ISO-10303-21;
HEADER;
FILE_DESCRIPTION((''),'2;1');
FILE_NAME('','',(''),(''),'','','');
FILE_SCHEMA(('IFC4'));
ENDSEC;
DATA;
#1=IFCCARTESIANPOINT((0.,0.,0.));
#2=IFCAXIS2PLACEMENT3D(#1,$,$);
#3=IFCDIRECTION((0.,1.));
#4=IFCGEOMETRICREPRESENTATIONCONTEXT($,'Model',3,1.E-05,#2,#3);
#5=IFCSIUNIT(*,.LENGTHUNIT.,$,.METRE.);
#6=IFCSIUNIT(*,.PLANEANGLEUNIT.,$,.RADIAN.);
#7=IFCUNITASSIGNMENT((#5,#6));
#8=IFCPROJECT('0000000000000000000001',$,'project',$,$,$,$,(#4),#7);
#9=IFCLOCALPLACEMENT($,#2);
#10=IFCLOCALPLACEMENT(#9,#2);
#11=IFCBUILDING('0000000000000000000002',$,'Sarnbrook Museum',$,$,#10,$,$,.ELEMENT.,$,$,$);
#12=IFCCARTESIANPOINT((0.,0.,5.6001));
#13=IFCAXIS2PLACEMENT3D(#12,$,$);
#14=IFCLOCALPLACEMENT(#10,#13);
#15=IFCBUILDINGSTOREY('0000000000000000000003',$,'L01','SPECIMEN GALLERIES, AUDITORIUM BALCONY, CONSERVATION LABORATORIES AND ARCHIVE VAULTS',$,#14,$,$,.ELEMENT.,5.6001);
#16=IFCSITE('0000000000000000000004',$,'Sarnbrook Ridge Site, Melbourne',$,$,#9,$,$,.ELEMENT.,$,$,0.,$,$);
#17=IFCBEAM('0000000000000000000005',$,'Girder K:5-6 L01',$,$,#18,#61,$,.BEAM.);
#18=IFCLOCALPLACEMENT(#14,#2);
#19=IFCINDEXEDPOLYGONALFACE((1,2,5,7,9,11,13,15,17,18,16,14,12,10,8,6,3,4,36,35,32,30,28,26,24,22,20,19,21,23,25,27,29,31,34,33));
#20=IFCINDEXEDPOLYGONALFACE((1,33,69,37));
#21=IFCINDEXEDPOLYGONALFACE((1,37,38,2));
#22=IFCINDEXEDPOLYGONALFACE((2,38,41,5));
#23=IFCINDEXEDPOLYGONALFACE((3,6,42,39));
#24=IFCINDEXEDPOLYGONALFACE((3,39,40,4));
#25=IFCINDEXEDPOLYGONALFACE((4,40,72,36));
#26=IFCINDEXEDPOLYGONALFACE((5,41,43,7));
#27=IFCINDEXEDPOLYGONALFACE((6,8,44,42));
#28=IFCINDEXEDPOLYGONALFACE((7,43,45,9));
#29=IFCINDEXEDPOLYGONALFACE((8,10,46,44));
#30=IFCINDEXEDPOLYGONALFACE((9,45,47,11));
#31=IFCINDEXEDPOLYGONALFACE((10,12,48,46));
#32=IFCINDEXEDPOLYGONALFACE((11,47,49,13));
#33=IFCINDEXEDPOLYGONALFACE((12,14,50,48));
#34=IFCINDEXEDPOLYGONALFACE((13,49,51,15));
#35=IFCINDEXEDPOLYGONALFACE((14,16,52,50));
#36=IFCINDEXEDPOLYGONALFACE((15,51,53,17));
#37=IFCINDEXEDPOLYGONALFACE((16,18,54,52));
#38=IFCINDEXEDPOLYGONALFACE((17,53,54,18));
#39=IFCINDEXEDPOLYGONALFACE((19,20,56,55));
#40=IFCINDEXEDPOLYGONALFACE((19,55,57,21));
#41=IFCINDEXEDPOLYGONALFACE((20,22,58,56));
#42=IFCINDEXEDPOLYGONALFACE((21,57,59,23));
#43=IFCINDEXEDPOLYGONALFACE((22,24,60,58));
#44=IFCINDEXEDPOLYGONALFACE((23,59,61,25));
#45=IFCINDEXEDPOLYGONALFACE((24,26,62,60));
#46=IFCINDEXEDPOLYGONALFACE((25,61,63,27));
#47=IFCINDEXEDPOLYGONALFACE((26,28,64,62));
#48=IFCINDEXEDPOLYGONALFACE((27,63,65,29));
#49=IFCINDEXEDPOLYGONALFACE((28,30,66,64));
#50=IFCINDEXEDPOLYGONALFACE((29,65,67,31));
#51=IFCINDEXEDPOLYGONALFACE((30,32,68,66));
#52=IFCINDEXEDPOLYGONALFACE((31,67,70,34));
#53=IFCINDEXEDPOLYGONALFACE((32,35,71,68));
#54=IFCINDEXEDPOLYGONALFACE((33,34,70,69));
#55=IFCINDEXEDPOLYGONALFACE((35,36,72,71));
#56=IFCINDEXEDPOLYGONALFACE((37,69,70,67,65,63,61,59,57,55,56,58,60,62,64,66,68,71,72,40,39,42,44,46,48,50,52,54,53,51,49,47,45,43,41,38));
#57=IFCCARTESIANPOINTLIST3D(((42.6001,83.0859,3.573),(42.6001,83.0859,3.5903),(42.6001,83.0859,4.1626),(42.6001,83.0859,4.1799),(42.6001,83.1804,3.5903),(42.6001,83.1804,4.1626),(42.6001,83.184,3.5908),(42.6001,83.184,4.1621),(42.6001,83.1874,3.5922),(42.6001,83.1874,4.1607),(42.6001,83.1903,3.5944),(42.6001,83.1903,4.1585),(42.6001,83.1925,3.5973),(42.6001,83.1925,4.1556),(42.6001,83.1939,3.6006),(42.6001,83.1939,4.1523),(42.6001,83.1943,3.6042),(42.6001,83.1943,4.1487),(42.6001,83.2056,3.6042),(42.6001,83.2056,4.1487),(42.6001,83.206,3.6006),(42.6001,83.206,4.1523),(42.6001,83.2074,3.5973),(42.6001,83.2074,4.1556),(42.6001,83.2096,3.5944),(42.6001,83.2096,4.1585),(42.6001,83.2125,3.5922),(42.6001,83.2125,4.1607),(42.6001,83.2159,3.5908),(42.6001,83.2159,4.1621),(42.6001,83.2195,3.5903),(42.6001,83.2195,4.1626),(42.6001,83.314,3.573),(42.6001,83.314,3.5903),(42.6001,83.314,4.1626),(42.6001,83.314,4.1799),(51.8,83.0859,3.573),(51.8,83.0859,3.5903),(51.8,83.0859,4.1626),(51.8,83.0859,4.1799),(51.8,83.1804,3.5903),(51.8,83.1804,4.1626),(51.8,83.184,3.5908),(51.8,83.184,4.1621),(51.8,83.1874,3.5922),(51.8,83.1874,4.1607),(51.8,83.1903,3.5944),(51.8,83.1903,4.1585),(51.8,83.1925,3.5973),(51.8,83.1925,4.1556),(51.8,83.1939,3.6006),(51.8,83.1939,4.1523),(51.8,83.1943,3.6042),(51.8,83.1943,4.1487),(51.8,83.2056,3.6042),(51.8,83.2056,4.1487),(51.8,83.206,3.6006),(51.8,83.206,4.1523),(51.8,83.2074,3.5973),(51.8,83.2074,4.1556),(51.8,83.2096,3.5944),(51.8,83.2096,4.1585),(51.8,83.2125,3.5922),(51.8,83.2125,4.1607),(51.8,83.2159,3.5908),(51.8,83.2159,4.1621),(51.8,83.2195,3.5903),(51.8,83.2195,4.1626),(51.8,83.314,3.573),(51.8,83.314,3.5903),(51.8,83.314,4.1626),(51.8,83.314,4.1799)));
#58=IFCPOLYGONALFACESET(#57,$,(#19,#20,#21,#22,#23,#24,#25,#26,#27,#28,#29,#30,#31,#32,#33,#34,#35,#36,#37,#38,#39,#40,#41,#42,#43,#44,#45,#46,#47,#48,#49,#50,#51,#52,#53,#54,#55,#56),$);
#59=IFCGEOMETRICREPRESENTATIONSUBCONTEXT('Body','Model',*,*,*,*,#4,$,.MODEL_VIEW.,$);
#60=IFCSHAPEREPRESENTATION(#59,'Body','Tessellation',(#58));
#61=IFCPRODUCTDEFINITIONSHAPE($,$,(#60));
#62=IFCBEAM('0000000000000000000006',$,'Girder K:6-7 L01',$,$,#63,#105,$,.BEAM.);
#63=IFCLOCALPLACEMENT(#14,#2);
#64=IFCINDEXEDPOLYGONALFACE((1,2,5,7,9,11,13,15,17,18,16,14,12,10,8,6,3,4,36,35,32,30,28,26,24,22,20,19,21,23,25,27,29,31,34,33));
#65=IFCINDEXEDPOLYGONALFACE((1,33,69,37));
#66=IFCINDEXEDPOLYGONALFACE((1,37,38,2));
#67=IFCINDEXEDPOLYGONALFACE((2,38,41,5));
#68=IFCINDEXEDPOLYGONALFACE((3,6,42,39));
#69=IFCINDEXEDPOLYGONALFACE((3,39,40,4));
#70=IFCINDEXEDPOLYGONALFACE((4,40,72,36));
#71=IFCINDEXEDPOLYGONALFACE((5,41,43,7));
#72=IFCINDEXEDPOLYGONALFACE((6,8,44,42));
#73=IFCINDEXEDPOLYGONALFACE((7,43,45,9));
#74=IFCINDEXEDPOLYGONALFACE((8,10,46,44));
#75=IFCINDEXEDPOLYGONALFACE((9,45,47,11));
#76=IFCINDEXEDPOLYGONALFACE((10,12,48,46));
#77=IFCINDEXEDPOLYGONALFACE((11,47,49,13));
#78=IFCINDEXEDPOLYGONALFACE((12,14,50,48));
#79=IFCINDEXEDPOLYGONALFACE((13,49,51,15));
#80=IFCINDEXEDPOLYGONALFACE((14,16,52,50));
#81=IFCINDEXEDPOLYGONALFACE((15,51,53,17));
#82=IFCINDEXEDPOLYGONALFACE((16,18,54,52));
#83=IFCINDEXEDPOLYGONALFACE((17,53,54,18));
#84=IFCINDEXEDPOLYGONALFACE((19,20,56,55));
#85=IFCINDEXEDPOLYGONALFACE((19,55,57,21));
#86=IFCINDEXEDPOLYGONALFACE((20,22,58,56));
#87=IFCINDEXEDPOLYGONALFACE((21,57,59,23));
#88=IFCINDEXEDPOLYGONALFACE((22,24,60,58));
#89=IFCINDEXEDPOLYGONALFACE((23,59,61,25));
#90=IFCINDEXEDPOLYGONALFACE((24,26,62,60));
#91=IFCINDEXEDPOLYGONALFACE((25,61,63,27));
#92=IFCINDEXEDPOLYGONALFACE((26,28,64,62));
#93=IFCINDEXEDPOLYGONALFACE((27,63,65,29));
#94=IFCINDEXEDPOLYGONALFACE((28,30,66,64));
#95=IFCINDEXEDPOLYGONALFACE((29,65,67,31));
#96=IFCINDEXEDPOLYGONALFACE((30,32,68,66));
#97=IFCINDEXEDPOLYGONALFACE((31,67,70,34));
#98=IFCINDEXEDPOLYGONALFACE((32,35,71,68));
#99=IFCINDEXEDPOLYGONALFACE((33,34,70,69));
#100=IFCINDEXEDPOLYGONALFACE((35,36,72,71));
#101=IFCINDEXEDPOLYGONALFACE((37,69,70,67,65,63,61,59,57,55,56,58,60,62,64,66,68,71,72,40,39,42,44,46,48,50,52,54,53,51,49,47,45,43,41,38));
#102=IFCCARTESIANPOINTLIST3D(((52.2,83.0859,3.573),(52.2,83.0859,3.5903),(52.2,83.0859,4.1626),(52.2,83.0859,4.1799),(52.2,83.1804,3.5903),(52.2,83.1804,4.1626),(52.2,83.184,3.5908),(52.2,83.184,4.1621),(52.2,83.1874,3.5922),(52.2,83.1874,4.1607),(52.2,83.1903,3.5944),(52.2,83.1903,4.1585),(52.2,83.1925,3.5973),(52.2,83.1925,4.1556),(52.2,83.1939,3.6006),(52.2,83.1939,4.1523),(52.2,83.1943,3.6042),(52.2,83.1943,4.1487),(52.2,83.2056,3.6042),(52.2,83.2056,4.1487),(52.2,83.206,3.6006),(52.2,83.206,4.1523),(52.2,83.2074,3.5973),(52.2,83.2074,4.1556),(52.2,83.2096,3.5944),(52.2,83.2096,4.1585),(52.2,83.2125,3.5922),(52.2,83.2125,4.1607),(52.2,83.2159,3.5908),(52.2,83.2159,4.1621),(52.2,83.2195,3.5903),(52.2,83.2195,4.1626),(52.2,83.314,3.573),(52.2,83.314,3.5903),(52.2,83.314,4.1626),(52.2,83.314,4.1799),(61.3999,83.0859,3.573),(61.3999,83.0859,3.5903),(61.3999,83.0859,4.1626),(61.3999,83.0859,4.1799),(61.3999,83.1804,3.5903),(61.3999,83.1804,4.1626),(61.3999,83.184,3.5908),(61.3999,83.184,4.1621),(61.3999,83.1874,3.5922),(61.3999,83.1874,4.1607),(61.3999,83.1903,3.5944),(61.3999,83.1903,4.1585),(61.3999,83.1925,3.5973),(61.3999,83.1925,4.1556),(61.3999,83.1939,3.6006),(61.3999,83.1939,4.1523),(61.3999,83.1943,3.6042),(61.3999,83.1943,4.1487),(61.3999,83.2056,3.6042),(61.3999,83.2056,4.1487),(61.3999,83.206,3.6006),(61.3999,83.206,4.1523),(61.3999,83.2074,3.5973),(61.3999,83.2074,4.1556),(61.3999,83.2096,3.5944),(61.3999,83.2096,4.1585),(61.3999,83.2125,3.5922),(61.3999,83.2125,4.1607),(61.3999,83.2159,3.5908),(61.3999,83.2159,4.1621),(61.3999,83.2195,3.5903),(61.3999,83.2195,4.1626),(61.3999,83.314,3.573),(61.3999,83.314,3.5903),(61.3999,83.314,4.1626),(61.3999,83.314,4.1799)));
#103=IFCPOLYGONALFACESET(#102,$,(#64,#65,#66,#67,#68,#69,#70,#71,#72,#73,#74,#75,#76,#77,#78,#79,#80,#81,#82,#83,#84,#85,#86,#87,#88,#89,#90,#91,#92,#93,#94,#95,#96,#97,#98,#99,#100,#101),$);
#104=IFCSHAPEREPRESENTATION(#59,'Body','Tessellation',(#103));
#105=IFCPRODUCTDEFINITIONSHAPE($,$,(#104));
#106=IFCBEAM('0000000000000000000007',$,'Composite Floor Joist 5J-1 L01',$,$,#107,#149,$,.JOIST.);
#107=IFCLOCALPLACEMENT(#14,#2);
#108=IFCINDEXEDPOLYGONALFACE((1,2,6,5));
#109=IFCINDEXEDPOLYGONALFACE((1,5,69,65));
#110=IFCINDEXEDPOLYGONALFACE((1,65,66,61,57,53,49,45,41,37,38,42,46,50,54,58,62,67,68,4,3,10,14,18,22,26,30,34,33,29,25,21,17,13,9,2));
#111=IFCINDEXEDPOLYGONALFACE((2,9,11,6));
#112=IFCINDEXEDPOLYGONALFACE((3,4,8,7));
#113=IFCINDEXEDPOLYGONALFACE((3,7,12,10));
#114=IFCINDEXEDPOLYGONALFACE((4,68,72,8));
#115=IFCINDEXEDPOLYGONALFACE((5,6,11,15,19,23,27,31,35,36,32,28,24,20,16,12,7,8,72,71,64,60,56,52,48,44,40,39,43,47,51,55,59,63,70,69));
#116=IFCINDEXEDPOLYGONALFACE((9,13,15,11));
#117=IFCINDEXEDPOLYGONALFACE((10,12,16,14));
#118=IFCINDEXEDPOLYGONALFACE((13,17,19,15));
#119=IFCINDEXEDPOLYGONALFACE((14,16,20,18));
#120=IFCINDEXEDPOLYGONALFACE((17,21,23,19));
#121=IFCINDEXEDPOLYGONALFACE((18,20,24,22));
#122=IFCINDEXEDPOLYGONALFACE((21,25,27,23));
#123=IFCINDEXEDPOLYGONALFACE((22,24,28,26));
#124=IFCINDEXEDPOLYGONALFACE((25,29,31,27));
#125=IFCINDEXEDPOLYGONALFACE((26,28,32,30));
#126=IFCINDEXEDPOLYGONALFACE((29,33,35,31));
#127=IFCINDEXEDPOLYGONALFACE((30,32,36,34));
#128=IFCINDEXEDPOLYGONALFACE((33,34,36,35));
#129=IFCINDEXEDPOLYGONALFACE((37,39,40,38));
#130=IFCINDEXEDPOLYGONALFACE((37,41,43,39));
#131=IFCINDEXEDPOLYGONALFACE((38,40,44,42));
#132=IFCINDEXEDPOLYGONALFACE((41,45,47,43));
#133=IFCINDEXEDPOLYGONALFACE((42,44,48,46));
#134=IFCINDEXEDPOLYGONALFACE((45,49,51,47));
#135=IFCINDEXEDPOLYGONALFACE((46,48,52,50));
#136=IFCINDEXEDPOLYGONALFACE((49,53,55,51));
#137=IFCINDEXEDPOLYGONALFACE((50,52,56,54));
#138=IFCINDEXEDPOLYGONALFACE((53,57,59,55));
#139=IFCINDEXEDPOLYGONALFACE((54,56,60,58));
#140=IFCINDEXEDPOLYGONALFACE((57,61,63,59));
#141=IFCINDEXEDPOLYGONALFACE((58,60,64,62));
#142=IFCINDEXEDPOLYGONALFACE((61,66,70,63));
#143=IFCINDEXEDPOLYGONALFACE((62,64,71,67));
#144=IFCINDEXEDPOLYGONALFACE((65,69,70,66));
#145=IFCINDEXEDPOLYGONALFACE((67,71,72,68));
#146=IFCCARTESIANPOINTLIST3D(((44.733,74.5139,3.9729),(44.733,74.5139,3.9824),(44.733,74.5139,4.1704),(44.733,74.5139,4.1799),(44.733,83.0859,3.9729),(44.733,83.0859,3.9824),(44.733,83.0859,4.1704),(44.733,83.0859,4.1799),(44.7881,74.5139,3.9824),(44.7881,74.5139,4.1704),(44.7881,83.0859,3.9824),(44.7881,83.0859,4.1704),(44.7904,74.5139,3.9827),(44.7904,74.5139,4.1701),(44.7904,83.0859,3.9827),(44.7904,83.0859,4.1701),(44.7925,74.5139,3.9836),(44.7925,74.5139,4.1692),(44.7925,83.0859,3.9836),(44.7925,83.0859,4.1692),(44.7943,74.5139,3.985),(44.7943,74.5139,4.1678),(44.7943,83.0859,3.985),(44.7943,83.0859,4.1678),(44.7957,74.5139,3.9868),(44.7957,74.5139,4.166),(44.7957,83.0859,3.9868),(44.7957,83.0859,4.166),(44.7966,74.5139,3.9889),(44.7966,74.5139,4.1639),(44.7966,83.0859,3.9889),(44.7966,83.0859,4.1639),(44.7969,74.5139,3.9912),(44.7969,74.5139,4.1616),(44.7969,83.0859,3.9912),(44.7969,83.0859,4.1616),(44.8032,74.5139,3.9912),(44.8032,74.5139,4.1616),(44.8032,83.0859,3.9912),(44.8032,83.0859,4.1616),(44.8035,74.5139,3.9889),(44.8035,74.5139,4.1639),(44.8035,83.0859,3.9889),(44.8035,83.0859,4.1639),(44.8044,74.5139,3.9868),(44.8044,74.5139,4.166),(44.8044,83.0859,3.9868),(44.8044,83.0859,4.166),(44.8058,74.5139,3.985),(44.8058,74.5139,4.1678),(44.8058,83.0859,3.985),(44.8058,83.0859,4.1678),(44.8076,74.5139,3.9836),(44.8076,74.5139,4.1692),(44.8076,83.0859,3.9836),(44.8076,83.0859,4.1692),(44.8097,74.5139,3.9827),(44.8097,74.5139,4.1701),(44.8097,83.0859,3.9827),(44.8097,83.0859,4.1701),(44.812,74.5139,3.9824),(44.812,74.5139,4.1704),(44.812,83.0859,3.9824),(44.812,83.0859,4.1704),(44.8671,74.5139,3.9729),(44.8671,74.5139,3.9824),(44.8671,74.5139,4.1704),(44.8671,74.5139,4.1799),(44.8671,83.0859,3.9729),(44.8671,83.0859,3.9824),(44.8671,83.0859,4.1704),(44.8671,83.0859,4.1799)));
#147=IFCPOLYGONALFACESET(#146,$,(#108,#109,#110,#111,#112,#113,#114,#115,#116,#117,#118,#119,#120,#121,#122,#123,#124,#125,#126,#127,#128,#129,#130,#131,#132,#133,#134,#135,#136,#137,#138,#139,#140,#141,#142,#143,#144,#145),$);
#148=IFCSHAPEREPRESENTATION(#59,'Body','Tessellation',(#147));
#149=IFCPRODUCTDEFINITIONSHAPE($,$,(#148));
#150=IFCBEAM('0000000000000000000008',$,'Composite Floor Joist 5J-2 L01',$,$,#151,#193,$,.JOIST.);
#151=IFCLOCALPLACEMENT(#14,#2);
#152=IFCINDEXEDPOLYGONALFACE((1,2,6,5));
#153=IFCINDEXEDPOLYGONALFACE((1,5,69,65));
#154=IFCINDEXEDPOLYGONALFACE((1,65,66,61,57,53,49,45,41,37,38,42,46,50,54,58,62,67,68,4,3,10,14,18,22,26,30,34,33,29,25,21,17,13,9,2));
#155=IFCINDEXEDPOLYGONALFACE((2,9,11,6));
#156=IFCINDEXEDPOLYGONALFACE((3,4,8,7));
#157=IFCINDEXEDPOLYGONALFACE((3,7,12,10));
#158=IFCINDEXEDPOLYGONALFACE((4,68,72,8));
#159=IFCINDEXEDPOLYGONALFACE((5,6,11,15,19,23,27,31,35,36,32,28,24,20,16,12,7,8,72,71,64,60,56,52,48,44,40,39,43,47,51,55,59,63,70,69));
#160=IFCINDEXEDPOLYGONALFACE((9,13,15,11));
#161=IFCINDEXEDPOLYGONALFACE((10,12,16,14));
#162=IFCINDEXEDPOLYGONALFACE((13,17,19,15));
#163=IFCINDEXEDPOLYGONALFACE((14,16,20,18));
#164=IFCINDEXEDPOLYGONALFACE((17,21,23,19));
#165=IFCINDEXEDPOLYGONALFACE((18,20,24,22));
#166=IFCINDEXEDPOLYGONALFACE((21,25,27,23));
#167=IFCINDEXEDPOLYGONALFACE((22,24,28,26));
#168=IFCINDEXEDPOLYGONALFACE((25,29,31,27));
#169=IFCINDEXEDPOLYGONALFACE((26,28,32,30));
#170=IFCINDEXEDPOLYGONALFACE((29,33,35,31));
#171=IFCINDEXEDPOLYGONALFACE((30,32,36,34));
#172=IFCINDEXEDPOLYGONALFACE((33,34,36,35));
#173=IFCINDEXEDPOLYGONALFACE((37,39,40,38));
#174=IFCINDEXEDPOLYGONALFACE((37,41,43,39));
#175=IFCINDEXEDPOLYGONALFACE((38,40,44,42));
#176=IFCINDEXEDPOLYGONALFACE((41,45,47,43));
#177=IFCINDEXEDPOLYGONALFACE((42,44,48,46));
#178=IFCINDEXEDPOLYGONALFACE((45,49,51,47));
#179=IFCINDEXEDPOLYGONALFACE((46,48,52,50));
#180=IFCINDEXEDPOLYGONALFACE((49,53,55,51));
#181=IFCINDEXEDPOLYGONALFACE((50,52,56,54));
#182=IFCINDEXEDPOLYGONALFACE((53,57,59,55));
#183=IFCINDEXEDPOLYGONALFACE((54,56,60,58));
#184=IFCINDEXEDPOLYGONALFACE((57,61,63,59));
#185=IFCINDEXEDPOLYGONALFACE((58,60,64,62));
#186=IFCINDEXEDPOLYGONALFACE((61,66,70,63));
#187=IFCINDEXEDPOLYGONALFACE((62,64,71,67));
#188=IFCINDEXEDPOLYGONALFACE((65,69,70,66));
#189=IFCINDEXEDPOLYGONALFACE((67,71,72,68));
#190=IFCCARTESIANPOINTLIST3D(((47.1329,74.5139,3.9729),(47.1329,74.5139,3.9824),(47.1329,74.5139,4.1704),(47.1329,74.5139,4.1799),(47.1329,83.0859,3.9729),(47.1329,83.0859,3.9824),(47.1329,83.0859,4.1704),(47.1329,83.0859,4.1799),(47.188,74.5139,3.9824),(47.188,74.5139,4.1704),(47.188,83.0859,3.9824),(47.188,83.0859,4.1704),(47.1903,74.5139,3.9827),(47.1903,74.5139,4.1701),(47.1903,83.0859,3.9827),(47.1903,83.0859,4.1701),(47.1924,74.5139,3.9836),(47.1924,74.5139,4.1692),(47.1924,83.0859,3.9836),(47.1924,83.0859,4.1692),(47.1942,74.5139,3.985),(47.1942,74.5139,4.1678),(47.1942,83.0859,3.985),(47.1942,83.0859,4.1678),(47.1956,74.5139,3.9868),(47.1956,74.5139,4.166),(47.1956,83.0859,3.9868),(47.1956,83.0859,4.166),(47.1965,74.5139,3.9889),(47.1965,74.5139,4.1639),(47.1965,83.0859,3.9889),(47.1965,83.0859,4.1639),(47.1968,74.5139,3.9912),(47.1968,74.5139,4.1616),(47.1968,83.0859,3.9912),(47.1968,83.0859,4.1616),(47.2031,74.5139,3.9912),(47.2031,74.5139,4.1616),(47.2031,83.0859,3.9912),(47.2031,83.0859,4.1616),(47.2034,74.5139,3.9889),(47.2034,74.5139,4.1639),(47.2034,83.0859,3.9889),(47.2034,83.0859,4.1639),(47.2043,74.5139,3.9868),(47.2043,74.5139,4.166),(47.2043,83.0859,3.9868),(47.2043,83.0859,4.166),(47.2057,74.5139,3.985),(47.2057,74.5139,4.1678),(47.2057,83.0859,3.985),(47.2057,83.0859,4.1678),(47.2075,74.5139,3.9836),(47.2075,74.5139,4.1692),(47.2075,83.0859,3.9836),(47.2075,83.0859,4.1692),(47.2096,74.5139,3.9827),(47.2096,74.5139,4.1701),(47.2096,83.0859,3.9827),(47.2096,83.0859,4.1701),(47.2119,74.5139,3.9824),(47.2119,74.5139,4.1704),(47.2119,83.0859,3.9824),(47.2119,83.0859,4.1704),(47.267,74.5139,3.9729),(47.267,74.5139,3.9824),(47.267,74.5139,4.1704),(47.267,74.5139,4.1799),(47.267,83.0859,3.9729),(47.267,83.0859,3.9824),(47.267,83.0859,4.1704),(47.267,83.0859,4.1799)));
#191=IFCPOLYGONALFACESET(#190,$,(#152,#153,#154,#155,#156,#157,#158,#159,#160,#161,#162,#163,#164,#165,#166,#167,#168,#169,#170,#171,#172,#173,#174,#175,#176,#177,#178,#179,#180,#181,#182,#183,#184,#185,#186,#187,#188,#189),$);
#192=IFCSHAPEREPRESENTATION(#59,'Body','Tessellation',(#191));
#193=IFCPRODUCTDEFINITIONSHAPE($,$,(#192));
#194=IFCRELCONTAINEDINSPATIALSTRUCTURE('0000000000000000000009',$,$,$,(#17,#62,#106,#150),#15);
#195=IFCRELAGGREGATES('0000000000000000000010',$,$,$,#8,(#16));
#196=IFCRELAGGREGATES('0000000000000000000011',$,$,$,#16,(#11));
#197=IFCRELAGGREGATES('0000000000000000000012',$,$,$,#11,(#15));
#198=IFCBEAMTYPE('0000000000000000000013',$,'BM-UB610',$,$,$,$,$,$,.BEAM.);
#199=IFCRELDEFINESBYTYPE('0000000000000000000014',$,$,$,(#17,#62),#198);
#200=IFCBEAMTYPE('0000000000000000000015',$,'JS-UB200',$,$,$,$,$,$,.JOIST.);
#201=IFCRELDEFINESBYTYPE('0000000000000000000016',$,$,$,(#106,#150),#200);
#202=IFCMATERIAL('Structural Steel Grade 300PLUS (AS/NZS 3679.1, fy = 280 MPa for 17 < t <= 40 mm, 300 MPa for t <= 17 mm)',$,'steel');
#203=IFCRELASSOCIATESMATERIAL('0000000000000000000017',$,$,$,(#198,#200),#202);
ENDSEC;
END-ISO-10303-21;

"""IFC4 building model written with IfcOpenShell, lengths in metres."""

from ifc_helpers import new_model, si_unit, direction, frame, origin, origin_2d, place, context, subcontext, project, spatial, i_section, extrude, material, material_profile, profile_set, type_object, element, save


model = new_model("IFC4")

# Units and contexts
model_context = context("Model", 3, precision=1e-05, world=origin(), true_north=direction((0.0, 1.0)))
body_context = subcontext(model_context, "Body", "Model", "MODEL_VIEW")
ifc_project = project(units=[si_unit("LENGTHUNIT", "METRE"), si_unit("PLANEANGLEUNIT", "RADIAN")], contexts=[model_context])

# Site, building, storey
site_placement = place(None, origin())
site = spatial("IfcSite", under=ifc_project, at=site_placement, Name="Sarnbrook Ridge Site, Melbourne", CompositionType="ELEMENT", RefElevation=0.0)
building_placement = place(site_placement, origin())
building = spatial("IfcBuilding", under=site, at=building_placement, Name="Sarnbrook Museum", CompositionType="ELEMENT")
storey_placement = place(building_placement, frame((0.0, 0.0, 5.6001)))
storey = spatial("IfcBuildingStorey", under=building, at=storey_placement, Name="L01", Description="SPECIMEN GALLERIES, AUDITORIUM BALCONY, CONSERVATION LABORATORIES AND ARCHIVE VAULTS", CompositionType="ELEMENT", Elevation=5.6001)

# Beams
ifc_material_1 = material(Name="Structural Steel Grade 300PLUS (AS/NZS 3679.1, fy = 280 MPa for 17 < t <= 40 mm, 300 MPa for t <= 17 mm)", Category="steel")
ifc_material_profile_1 = material_profile(ifc_material_1, i_section(OverallWidth=0.228, OverallDepth=0.6069, WebThickness=0.0112, FlangeThickness=0.0173, FilletRadius=0.0139, at=origin_2d()), Name="610UB113")
ifc_profile_set_1 = profile_set([ifc_material_profile_1], Name="Structural Steel Grade 300PLUS (AS/NZS 3679.1, fy = 280 MPa for 17 < t <= 40 mm, 300 MPa for t <= 17 mm)")
beam_type_1 = type_object("IfcBeamType", Name="BM-UB610", PredefinedType="BEAM", material=ifc_profile_set_1)
for number, where, z_axis, x_axis, name in (
    (1, (42.6001, 83.2, 3.8765), (1.0, 0.0, 0.0), (0.0, 1.0, 0.0), "Girder K:5-6 L01"),
    (2, (52.2, 83.2, 3.8765), (1.0, 0.0, 0.0), (0.0, 1.0, 0.0), "Girder K:6-7 L01"),
):
    element("IfcBeam", number, at=place(storey_placement, frame(where, z_axis=z_axis, x_axis=x_axis)), inside=storey, type_object=beam_type_1, Name=name, PredefinedType="BEAM", context=body_context, shape_type="SweptSolid", body=[
        extrude(i_section(OverallWidth=0.228, OverallDepth=0.6069, WebThickness=0.0112, FlangeThickness=0.0173, FilletRadius=0.0139, at=origin_2d()), origin(), (0.0, 0.0, 1.0), 9.2),
    ])
ifc_material_profile_2 = material_profile(ifc_material_1, i_section(OverallWidth=0.134, OverallDepth=0.207, WebThickness=0.0063, FlangeThickness=0.0095, FilletRadius=0.0088, at=origin_2d()), Name="200UB29.8")
ifc_profile_set_2 = profile_set([ifc_material_profile_2], Name="Structural Steel Grade 300PLUS (AS/NZS 3679.1, fy = 280 MPa for 17 < t <= 40 mm, 300 MPa for t <= 17 mm)")
beam_type_2 = type_object("IfcBeamType", Name="JS-UB200", PredefinedType="JOIST", material=ifc_profile_set_2)
for number, where, z_axis, x_axis, name in (
    (3, (44.8, 74.5139, 4.0764), (0.0, 1.0, 0.0), (-1.0, 0.0, 0.0), "Composite Floor Joist 5J-1 L01"),
    (4, (47.2, 74.5139, 4.0764), (0.0, 1.0, 0.0), (-1.0, 0.0, 0.0), "Composite Floor Joist 5J-2 L01"),
):
    element("IfcBeam", number, at=place(storey_placement, frame(where, z_axis=z_axis, x_axis=x_axis)), inside=storey, type_object=beam_type_2, Name=name, PredefinedType="JOIST", context=body_context, shape_type="SweptSolid", body=[
        extrude(i_section(OverallWidth=0.134, OverallDepth=0.207, WebThickness=0.0063, FlangeThickness=0.0095, FilletRadius=0.0088, at=origin_2d()), origin(), (0.0, 0.0, 1.0), 8.572),
    ])

save(model, "model.ifc")
